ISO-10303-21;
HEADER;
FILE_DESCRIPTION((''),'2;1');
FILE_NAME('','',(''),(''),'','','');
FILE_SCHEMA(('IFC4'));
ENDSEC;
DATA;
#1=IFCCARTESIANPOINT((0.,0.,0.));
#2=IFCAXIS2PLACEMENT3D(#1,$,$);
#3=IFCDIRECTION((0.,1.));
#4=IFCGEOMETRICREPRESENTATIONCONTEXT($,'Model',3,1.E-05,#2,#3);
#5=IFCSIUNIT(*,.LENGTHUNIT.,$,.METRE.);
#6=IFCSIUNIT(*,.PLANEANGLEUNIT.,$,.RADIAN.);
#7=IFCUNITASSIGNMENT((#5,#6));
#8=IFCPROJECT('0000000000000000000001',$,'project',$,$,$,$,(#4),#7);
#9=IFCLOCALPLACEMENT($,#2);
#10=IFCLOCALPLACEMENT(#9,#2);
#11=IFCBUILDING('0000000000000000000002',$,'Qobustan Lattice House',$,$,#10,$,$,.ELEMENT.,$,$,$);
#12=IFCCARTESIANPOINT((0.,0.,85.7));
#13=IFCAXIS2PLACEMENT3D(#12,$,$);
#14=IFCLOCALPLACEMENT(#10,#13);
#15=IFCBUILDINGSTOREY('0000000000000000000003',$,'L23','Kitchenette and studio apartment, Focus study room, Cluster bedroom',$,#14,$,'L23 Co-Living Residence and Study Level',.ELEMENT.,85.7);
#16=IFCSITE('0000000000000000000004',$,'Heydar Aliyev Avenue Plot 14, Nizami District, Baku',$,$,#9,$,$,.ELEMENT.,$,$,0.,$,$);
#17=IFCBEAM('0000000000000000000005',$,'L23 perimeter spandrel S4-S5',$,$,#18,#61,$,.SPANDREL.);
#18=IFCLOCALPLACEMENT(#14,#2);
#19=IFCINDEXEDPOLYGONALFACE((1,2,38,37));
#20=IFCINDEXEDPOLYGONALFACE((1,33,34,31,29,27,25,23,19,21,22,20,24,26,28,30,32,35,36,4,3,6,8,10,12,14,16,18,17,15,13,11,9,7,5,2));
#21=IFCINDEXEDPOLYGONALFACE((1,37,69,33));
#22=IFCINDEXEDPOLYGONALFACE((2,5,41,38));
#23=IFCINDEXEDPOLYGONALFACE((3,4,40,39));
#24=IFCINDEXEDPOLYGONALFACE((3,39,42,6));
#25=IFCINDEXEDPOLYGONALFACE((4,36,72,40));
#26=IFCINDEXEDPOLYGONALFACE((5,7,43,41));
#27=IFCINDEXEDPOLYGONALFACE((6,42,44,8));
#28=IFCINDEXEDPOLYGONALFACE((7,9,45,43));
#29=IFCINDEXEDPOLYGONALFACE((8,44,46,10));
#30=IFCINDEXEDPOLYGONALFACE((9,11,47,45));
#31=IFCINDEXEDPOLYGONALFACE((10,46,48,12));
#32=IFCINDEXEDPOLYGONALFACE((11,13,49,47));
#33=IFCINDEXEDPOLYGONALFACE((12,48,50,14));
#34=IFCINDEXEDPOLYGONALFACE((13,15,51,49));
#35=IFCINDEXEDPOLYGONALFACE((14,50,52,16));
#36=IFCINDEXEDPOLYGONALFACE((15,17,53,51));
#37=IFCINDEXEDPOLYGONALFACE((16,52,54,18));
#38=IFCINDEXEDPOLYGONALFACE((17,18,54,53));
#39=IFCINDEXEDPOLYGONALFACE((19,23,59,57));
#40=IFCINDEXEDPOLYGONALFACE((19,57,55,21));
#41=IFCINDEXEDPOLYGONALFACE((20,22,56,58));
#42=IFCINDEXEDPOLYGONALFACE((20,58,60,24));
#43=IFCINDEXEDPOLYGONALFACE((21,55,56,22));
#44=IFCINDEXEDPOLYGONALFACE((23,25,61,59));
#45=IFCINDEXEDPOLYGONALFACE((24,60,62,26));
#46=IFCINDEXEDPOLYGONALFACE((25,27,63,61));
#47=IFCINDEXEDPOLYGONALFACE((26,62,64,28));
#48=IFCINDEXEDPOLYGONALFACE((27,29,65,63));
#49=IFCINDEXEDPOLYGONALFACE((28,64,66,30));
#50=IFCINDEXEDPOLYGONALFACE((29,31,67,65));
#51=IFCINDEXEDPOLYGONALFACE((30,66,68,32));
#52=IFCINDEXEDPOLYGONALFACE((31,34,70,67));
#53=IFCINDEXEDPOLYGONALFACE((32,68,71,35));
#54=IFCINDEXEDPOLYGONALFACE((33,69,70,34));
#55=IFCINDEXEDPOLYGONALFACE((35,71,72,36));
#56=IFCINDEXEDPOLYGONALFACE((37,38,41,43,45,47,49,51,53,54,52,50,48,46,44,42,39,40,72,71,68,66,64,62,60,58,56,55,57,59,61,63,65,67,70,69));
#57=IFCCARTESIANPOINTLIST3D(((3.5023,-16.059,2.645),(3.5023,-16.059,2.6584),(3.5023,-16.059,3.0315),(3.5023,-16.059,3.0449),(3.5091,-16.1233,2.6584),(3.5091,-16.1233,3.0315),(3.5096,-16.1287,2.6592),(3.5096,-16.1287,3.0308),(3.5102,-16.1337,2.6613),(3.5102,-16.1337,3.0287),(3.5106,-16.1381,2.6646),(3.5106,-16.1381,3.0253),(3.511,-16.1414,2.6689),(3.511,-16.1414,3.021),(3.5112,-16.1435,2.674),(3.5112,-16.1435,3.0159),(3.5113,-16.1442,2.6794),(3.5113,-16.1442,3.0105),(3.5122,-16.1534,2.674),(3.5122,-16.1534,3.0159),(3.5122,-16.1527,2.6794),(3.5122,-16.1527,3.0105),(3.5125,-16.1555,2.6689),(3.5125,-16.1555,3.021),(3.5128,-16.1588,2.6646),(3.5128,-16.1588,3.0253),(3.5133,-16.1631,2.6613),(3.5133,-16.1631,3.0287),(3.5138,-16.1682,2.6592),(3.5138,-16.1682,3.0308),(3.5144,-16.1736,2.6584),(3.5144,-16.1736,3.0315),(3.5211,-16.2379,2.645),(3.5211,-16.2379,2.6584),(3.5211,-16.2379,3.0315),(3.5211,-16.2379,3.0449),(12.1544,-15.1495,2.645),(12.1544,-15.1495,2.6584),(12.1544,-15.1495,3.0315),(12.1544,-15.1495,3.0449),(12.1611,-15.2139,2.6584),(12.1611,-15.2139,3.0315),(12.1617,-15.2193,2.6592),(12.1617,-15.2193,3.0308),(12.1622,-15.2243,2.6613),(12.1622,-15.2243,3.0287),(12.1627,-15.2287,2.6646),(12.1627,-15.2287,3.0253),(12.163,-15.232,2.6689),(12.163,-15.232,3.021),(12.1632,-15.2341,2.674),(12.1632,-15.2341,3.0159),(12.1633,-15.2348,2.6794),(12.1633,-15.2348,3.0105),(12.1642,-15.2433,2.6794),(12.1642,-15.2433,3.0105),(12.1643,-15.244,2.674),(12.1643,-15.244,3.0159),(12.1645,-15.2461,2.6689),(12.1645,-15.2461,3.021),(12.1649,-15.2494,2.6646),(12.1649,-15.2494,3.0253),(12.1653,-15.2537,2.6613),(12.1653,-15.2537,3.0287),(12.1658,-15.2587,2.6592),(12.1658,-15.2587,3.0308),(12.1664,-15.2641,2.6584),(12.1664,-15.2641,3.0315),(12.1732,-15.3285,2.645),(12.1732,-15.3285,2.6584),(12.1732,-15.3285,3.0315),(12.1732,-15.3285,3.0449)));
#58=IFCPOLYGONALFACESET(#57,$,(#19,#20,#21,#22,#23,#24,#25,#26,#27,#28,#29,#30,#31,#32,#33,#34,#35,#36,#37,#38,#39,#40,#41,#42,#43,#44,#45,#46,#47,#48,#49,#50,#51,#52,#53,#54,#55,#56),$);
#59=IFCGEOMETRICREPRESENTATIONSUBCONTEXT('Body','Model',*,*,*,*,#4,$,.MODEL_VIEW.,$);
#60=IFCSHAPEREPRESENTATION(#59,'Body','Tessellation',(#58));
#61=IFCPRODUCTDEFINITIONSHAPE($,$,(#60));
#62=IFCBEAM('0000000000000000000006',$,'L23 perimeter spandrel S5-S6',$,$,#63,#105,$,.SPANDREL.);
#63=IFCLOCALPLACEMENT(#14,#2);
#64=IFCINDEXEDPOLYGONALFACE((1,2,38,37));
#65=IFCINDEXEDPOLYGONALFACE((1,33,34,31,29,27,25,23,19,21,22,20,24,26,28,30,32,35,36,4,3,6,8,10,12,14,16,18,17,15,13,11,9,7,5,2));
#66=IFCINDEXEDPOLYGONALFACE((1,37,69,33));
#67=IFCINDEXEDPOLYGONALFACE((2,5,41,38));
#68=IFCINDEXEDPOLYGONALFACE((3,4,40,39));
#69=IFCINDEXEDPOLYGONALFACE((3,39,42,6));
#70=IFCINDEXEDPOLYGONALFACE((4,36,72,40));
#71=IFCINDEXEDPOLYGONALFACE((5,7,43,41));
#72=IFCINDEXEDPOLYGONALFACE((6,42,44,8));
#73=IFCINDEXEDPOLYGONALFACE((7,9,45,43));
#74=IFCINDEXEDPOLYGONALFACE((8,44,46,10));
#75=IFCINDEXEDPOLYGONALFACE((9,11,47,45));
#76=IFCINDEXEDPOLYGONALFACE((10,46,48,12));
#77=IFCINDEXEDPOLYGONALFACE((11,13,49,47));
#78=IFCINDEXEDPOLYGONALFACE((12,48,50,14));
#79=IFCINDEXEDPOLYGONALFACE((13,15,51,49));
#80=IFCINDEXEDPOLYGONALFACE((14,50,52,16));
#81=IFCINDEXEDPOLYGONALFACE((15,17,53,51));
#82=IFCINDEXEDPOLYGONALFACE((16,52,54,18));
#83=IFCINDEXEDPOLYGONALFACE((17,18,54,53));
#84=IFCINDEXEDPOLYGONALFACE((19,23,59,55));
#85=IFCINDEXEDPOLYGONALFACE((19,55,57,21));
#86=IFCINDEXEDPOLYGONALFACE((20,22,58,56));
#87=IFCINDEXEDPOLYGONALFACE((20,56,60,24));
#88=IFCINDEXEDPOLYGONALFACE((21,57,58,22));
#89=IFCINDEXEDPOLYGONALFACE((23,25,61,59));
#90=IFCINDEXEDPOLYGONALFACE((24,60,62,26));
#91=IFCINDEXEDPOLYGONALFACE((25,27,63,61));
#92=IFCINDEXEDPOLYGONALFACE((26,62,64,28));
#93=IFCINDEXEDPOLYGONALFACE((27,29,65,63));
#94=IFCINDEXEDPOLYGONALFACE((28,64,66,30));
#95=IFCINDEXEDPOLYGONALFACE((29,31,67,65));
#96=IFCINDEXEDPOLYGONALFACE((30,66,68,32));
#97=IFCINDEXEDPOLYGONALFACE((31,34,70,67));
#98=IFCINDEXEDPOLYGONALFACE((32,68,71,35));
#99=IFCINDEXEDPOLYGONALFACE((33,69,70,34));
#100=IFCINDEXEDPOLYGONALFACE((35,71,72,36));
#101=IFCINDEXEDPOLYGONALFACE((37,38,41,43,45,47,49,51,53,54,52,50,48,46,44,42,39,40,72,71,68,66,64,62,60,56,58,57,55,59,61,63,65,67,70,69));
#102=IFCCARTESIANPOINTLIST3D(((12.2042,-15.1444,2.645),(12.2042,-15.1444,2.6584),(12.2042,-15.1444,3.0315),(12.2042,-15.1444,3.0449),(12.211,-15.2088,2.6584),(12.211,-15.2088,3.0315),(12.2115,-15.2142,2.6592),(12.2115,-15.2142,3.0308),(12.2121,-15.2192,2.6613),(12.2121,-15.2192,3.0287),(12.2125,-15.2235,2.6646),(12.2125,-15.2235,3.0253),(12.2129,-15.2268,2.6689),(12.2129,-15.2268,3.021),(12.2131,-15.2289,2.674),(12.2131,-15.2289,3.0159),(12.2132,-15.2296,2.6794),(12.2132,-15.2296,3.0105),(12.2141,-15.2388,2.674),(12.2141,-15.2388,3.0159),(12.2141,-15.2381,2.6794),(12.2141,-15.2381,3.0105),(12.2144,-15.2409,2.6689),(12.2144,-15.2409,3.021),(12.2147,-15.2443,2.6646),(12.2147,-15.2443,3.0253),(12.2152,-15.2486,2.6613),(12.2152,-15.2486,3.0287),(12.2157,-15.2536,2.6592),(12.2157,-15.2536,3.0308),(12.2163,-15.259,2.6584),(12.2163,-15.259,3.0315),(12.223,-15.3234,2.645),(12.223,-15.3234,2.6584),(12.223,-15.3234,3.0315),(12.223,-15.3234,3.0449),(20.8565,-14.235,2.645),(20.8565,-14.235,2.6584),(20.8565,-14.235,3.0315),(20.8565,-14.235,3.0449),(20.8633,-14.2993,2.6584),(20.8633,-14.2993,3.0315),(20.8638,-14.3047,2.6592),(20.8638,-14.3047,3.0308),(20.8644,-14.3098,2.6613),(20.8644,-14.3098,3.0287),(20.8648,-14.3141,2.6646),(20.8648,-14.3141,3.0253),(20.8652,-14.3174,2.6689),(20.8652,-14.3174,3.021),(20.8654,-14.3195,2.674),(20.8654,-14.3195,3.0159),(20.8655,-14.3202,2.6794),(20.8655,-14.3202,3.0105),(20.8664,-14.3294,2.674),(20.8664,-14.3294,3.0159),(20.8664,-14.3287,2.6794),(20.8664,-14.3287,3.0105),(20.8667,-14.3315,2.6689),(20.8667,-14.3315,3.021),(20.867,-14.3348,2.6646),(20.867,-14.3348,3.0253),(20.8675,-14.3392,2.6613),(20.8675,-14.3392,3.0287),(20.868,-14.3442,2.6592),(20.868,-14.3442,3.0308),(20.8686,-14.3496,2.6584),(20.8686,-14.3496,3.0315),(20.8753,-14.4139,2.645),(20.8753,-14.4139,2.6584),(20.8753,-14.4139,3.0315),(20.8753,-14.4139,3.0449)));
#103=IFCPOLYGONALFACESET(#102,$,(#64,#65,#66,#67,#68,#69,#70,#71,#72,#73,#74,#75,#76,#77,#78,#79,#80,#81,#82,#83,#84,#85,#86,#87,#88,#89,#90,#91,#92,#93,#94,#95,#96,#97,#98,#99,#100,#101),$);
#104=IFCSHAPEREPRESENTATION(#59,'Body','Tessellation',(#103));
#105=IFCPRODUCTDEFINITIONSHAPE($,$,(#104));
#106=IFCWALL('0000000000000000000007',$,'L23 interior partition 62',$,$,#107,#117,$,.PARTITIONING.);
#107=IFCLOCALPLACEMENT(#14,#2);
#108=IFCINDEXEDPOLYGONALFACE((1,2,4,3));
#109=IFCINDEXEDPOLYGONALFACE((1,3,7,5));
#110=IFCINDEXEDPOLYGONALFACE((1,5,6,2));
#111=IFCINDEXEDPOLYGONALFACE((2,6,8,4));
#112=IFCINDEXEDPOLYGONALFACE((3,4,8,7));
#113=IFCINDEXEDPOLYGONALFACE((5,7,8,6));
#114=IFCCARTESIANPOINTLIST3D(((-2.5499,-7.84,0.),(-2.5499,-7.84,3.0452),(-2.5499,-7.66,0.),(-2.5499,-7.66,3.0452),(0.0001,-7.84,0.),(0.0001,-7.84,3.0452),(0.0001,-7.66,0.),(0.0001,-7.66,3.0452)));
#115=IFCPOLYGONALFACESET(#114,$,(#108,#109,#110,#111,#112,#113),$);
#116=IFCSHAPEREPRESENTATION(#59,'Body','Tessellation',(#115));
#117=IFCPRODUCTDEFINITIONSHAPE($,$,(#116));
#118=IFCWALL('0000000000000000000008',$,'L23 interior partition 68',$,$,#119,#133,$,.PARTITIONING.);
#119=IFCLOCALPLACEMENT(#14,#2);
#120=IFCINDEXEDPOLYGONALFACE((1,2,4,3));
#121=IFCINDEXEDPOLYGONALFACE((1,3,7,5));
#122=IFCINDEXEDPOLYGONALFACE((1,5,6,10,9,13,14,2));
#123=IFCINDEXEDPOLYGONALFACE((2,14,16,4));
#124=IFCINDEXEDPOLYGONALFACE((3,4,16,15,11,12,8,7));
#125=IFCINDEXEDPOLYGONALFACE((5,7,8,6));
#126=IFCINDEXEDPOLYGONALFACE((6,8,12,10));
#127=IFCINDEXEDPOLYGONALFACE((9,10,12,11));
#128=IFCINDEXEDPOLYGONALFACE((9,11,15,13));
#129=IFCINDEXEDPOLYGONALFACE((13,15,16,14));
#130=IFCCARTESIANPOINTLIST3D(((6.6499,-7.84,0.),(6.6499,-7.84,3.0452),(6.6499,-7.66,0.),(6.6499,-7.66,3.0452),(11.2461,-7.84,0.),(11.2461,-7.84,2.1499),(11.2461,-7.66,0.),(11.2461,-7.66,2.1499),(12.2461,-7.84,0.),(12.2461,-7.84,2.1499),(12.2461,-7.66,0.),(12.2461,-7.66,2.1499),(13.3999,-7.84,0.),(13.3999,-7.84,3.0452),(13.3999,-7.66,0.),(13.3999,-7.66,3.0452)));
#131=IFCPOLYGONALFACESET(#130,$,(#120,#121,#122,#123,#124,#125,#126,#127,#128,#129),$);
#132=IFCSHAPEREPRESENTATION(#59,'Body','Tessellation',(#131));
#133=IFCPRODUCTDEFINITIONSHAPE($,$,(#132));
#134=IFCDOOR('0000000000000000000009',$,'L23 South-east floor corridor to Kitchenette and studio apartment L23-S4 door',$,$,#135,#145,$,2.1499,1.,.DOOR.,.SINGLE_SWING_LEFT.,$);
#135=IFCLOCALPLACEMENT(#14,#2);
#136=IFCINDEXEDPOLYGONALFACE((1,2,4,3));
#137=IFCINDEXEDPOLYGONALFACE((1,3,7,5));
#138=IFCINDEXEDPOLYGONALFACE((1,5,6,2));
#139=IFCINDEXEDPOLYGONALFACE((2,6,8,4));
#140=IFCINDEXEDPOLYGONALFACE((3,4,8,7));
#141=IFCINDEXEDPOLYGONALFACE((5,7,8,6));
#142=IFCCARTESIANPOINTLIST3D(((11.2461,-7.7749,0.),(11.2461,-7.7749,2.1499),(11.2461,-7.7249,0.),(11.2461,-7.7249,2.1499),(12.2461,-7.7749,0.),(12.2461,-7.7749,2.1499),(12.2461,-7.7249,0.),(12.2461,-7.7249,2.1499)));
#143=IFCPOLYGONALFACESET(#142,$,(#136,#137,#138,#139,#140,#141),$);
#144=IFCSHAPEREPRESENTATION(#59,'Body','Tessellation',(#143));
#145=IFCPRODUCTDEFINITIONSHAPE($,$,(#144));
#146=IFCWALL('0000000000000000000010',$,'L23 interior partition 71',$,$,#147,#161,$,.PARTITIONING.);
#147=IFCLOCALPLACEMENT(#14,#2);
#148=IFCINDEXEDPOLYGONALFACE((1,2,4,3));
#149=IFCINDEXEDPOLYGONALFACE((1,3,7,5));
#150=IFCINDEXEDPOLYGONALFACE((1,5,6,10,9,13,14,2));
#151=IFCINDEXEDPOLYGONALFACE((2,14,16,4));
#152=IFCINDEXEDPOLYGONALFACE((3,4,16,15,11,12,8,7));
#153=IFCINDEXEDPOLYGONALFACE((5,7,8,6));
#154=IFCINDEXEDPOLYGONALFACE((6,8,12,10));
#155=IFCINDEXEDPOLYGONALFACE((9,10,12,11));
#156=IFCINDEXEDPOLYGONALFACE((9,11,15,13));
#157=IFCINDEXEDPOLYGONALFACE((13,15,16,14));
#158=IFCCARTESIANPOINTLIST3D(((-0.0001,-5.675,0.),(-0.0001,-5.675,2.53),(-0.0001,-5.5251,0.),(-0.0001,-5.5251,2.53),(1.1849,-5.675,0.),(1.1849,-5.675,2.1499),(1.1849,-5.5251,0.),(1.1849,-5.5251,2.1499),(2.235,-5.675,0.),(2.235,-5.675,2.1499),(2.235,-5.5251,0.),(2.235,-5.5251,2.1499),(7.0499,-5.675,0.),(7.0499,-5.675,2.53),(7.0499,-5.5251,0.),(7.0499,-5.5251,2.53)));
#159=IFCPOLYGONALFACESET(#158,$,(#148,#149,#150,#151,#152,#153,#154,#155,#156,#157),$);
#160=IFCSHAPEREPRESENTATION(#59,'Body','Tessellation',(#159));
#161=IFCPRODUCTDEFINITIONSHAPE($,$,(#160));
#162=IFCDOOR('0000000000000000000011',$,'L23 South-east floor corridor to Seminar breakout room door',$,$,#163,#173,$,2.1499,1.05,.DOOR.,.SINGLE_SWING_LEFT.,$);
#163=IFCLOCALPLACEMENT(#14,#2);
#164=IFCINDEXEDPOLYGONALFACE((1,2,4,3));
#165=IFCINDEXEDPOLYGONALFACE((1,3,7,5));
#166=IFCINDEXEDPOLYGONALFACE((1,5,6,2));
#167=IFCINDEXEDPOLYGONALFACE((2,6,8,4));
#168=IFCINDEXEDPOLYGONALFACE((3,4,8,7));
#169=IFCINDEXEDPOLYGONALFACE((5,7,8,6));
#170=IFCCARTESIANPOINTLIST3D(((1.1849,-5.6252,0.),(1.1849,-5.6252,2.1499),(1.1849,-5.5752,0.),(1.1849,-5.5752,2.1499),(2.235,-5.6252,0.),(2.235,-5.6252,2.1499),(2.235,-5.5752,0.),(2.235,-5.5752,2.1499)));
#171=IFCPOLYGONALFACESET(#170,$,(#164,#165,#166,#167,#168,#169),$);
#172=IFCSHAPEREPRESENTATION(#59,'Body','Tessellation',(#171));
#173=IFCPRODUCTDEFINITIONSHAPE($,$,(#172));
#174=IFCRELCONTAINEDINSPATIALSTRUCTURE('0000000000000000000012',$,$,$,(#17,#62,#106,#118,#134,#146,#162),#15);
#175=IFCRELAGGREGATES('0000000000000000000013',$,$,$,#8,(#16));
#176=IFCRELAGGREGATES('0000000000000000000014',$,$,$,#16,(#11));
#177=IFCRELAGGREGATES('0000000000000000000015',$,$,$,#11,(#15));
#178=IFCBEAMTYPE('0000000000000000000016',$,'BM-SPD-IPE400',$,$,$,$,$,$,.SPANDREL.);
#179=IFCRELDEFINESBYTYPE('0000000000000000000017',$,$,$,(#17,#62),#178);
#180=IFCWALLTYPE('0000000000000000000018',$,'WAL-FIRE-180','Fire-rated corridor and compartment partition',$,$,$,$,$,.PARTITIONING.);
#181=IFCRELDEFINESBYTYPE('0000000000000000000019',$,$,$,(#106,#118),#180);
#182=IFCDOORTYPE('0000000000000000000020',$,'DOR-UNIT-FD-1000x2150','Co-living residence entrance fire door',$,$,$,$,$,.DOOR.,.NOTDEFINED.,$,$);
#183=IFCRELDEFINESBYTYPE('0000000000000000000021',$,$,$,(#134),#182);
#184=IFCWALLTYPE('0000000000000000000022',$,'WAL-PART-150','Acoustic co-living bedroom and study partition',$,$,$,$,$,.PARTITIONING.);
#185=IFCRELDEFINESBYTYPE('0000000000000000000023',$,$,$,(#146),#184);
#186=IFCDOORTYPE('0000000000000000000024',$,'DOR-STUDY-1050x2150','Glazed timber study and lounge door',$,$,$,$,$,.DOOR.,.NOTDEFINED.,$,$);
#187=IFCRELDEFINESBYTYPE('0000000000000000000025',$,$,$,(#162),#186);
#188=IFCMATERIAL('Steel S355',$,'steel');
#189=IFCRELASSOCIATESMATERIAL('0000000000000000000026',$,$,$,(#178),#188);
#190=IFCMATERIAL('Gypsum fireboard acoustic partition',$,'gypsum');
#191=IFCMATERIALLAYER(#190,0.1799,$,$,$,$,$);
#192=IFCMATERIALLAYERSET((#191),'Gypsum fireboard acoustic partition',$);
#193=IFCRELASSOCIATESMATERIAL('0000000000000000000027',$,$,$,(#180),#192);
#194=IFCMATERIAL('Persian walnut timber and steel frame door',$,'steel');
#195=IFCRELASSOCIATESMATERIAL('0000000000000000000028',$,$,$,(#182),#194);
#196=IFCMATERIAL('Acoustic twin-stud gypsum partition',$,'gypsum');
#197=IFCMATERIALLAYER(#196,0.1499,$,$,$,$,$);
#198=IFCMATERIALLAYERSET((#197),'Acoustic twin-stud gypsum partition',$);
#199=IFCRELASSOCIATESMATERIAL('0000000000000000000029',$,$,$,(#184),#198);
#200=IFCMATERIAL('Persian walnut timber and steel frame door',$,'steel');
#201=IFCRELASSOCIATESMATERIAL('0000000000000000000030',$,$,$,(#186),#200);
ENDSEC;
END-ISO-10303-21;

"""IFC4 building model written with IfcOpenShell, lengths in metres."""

from ifc_helpers import new_model, si_unit, direction, frame, frame_2d, origin, origin_2d, place, context, subcontext, project, spatial, rectangle, i_section, extrude, material, layer, layer_set, material_profile, profile_set, type_object, element, fill, save


model = new_model("IFC4")

# Units and contexts
model_context = context("Model", 3, precision=1e-05, world=origin(), true_north=direction((0.0, 1.0)))
body_context = subcontext(model_context, "Body", "Model", "MODEL_VIEW")
ifc_project = project(units=[si_unit("LENGTHUNIT", "METRE"), si_unit("PLANEANGLEUNIT", "RADIAN")], contexts=[model_context])

# Site, building, storey
site_placement = place(None, origin())
site = spatial("IfcSite", under=ifc_project, at=site_placement, Name="Heydar Aliyev Avenue Plot 14, Nizami District, Baku", CompositionType="ELEMENT", RefElevation=0.0)
building_placement = place(site_placement, origin())
building = spatial("IfcBuilding", under=site, at=building_placement, Name="Qobustan Lattice House", CompositionType="ELEMENT")
storey_placement = place(building_placement, frame((0.0, 0.0, 85.7)))
storey = spatial("IfcBuildingStorey", under=building, at=storey_placement, Name="L23", Description="Kitchenette and studio apartment, Focus study room, Cluster bedroom", LongName="L23 Co-Living Residence and Study Level", CompositionType="ELEMENT", Elevation=85.7)

# Beams
ifc_material_1 = material(Name="Steel S355", Category="steel")
ifc_material_profile_1 = material_profile(ifc_material_1, i_section(OverallWidth=0.1799, OverallDepth=0.3999, WebThickness=0.0085, FlangeThickness=0.0134, FilletRadius=0.021, at=origin_2d()), Name="IPE400")
ifc_profile_set_1 = profile_set([ifc_material_profile_1], Name="Steel S355")
beam_type_1 = type_object("IfcBeamType", Name="BM-SPD-IPE400", PredefinedType="SPANDREL", material=ifc_profile_set_1)
beam_1_placement = place(storey_placement, frame((3.5117, -16.1484, 2.845), z_axis=(0.994521, 0.104534, 0.0), x_axis=(-0.104534, 0.994521, 0.0)))
element("IfcBeam", 1, at=beam_1_placement, inside=storey, type_object=beam_type_1, Name="L23 perimeter spandrel S4-S5", PredefinedType="SPANDREL", context=body_context, shape_type="SweptSolid", body=[
    extrude(i_section(OverallWidth=0.1799, OverallDepth=0.3999, WebThickness=0.0085, FlangeThickness=0.0134, FilletRadius=0.021, at=origin_2d()), origin(), (0.0, 0.0, 1.0), 8.6997),
])
beam_2_placement = place(storey_placement, frame((12.2136, -15.2339, 2.845), z_axis=(0.994522, 0.104531, 0.0), x_axis=(-0.104531, 0.994522, 0.0)))
element("IfcBeam", 2, at=beam_2_placement, inside=storey, type_object=beam_type_1, Name="L23 perimeter spandrel S5-S6", PredefinedType="SPANDREL", context=body_context, shape_type="SweptSolid", body=[
    extrude(i_section(OverallWidth=0.1799, OverallDepth=0.3999, WebThickness=0.0085, FlangeThickness=0.0134, FilletRadius=0.021, at=origin_2d()), origin(), (0.0, 0.0, 1.0), 8.7),
])

# Wall
ifc_material_2 = material(Name="Gypsum fireboard acoustic partition", Category="gypsum")
ifc_layer_1 = layer(ifc_material_2, 0.1799)
ifc_layer_set_1 = layer_set([ifc_layer_1], Name="Gypsum fireboard acoustic partition")
wall_type_1 = type_object("IfcWallType", Name="WAL-FIRE-180", Description="Fire-rated corridor and compartment partition", PredefinedType="PARTITIONING", material=ifc_layer_set_1)
wall_1_placement = place(storey_placement, frame((0.0, -7.75, 0.0), z_axis=(0.0, 0.0, 1.0), x_axis=(-1.0, 0.0, 0.0)))
element("IfcWall", 3, at=wall_1_placement, inside=storey, type_object=wall_type_1, Name="L23 interior partition 62", PredefinedType="PARTITIONING", context=body_context, shape_type="SweptSolid", body=[
    extrude(rectangle(XDim=2.55, YDim=0.1799, at=frame_2d((1.2749, 0.0))), origin(), (0.0, 0.0, 1.0), 3.0452),
])

# Walls, openings, doors
ifc_material_3 = material(Name="Persian walnut timber and steel frame door", Category="steel")
door_type_1 = type_object("IfcDoorType", Name="DOR-UNIT-FD-1000x2150", Description="Co-living residence entrance fire door", OperationType="NOTDEFINED", PredefinedType="DOOR", material=ifc_material_3)
wall_2_placement = place(storey_placement, frame((13.3999, -7.75, 0.0), z_axis=(0.0, 0.0, 1.0), x_axis=(-1.0, 0.0, 0.0)))
wall_2 = element("IfcWall", 4, at=wall_2_placement, inside=storey, type_object=wall_type_1, Name="L23 interior partition 68", PredefinedType="PARTITIONING", context=body_context, shape_type="SweptSolid", body=[
    extrude(rectangle(XDim=6.75, YDim=0.1799, at=frame_2d((3.375, 0.0))), origin(), (0.0, 0.0, 1.0), 3.0452),
])
opening_1_placement = place(wall_2_placement, frame((1.1538, 0.0, 0.0)))
opening_1 = element("IfcOpeningElement", 5, at=opening_1_placement, cuts=wall_2, PredefinedType="OPENING", context=body_context, shape_type="SweptSolid", body=[
    extrude(rectangle(XDim=1.0, YDim=2.1499, at=frame_2d((0.5, 1.075))), frame((0.0, 0.0999, 0.0), z_axis=(0.0, -1.0, 0.0), x_axis=(1.0, 0.0, 0.0)), (0.0, 0.0, 1.0), 0.2),
])
door_1_placement = place(opening_1_placement, origin())
door_1 = element("IfcDoor", 6, at=door_1_placement, inside=storey, type_object=door_type_1, Name="L23 South-east floor corridor to Kitchenette and studio apartment L23-S4 door", OperationType="SINGLE_SWING_LEFT", OverallHeight=2.1499, OverallWidth=1.0, PredefinedType="DOOR", context=body_context, shape_type="SweptSolid", body=[
    extrude(rectangle(XDim=1.0, YDim=2.1499, at=frame_2d((0.5, 1.075))), frame((0.0, 0.0249, 0.0), z_axis=(0.0, -1.0, 0.0), x_axis=(1.0, 0.0, 0.0)), (0.0, 0.0, 1.0), 0.05),
])
fill(opening_1, door_1)
ifc_material_4 = material(Name="Acoustic twin-stud gypsum partition", Category="gypsum")
ifc_layer_2 = layer(ifc_material_4, 0.1499)
ifc_layer_set_2 = layer_set([ifc_layer_2], Name="Acoustic twin-stud gypsum partition")
wall_type_2 = type_object("IfcWallType", Name="WAL-PART-150", Description="Acoustic co-living bedroom and study partition", PredefinedType="PARTITIONING", material=ifc_layer_set_2)
wall_3_placement = place(storey_placement, frame((0.0, -5.6001, 0.0), z_axis=(0.0, 0.0, 1.0), x_axis=(1.0, 0.0, 0.0)))
wall_3 = element("IfcWall", 7, at=wall_3_placement, inside=storey, type_object=wall_type_2, Name="L23 interior partition 71", PredefinedType="PARTITIONING", context=body_context, shape_type="SweptSolid", body=[
    extrude(rectangle(XDim=7.05, YDim=0.1499, at=frame_2d((3.5249, 0.0))), origin(), (0.0, 0.0, 1.0), 2.53),
])
opening_2_placement = place(wall_3_placement, frame((1.1851, 0.0, 0.0)))
opening_2 = element("IfcOpeningElement", 8, at=opening_2_placement, cuts=wall_3, PredefinedType="OPENING", context=body_context, shape_type="SweptSolid", body=[
    extrude(rectangle(XDim=1.05, YDim=2.1499, at=frame_2d((0.5249, 1.075))), frame((0.0, 0.085, 0.0), z_axis=(0.0, -1.0, 0.0), x_axis=(1.0, 0.0, 0.0)), (0.0, 0.0, 1.0), 0.1699),
])
ifc_material_5 = material(Name="Persian walnut timber and steel frame door", Category="steel")
door_type_2 = type_object("IfcDoorType", Name="DOR-STUDY-1050x2150", Description="Glazed timber study and lounge door", OperationType="NOTDEFINED", PredefinedType="DOOR", material=ifc_material_5)
door_2_placement = place(opening_2_placement, origin())
door_2 = element("IfcDoor", 9, at=door_2_placement, inside=storey, type_object=door_type_2, Name="L23 South-east floor corridor to Seminar breakout room door", OperationType="SINGLE_SWING_LEFT", OverallHeight=2.1499, OverallWidth=1.05, PredefinedType="DOOR", context=body_context, shape_type="SweptSolid", body=[
    extrude(rectangle(XDim=1.05, YDim=2.1499, at=frame_2d((0.5249, 1.075))), frame((0.0, 0.0249, 0.0), z_axis=(0.0, -1.0, 0.0), x_axis=(1.0, 0.0, 0.0)), (0.0, 0.0, 1.0), 0.05),
])
fill(opening_2, door_2)

save(model, "model.ifc")
